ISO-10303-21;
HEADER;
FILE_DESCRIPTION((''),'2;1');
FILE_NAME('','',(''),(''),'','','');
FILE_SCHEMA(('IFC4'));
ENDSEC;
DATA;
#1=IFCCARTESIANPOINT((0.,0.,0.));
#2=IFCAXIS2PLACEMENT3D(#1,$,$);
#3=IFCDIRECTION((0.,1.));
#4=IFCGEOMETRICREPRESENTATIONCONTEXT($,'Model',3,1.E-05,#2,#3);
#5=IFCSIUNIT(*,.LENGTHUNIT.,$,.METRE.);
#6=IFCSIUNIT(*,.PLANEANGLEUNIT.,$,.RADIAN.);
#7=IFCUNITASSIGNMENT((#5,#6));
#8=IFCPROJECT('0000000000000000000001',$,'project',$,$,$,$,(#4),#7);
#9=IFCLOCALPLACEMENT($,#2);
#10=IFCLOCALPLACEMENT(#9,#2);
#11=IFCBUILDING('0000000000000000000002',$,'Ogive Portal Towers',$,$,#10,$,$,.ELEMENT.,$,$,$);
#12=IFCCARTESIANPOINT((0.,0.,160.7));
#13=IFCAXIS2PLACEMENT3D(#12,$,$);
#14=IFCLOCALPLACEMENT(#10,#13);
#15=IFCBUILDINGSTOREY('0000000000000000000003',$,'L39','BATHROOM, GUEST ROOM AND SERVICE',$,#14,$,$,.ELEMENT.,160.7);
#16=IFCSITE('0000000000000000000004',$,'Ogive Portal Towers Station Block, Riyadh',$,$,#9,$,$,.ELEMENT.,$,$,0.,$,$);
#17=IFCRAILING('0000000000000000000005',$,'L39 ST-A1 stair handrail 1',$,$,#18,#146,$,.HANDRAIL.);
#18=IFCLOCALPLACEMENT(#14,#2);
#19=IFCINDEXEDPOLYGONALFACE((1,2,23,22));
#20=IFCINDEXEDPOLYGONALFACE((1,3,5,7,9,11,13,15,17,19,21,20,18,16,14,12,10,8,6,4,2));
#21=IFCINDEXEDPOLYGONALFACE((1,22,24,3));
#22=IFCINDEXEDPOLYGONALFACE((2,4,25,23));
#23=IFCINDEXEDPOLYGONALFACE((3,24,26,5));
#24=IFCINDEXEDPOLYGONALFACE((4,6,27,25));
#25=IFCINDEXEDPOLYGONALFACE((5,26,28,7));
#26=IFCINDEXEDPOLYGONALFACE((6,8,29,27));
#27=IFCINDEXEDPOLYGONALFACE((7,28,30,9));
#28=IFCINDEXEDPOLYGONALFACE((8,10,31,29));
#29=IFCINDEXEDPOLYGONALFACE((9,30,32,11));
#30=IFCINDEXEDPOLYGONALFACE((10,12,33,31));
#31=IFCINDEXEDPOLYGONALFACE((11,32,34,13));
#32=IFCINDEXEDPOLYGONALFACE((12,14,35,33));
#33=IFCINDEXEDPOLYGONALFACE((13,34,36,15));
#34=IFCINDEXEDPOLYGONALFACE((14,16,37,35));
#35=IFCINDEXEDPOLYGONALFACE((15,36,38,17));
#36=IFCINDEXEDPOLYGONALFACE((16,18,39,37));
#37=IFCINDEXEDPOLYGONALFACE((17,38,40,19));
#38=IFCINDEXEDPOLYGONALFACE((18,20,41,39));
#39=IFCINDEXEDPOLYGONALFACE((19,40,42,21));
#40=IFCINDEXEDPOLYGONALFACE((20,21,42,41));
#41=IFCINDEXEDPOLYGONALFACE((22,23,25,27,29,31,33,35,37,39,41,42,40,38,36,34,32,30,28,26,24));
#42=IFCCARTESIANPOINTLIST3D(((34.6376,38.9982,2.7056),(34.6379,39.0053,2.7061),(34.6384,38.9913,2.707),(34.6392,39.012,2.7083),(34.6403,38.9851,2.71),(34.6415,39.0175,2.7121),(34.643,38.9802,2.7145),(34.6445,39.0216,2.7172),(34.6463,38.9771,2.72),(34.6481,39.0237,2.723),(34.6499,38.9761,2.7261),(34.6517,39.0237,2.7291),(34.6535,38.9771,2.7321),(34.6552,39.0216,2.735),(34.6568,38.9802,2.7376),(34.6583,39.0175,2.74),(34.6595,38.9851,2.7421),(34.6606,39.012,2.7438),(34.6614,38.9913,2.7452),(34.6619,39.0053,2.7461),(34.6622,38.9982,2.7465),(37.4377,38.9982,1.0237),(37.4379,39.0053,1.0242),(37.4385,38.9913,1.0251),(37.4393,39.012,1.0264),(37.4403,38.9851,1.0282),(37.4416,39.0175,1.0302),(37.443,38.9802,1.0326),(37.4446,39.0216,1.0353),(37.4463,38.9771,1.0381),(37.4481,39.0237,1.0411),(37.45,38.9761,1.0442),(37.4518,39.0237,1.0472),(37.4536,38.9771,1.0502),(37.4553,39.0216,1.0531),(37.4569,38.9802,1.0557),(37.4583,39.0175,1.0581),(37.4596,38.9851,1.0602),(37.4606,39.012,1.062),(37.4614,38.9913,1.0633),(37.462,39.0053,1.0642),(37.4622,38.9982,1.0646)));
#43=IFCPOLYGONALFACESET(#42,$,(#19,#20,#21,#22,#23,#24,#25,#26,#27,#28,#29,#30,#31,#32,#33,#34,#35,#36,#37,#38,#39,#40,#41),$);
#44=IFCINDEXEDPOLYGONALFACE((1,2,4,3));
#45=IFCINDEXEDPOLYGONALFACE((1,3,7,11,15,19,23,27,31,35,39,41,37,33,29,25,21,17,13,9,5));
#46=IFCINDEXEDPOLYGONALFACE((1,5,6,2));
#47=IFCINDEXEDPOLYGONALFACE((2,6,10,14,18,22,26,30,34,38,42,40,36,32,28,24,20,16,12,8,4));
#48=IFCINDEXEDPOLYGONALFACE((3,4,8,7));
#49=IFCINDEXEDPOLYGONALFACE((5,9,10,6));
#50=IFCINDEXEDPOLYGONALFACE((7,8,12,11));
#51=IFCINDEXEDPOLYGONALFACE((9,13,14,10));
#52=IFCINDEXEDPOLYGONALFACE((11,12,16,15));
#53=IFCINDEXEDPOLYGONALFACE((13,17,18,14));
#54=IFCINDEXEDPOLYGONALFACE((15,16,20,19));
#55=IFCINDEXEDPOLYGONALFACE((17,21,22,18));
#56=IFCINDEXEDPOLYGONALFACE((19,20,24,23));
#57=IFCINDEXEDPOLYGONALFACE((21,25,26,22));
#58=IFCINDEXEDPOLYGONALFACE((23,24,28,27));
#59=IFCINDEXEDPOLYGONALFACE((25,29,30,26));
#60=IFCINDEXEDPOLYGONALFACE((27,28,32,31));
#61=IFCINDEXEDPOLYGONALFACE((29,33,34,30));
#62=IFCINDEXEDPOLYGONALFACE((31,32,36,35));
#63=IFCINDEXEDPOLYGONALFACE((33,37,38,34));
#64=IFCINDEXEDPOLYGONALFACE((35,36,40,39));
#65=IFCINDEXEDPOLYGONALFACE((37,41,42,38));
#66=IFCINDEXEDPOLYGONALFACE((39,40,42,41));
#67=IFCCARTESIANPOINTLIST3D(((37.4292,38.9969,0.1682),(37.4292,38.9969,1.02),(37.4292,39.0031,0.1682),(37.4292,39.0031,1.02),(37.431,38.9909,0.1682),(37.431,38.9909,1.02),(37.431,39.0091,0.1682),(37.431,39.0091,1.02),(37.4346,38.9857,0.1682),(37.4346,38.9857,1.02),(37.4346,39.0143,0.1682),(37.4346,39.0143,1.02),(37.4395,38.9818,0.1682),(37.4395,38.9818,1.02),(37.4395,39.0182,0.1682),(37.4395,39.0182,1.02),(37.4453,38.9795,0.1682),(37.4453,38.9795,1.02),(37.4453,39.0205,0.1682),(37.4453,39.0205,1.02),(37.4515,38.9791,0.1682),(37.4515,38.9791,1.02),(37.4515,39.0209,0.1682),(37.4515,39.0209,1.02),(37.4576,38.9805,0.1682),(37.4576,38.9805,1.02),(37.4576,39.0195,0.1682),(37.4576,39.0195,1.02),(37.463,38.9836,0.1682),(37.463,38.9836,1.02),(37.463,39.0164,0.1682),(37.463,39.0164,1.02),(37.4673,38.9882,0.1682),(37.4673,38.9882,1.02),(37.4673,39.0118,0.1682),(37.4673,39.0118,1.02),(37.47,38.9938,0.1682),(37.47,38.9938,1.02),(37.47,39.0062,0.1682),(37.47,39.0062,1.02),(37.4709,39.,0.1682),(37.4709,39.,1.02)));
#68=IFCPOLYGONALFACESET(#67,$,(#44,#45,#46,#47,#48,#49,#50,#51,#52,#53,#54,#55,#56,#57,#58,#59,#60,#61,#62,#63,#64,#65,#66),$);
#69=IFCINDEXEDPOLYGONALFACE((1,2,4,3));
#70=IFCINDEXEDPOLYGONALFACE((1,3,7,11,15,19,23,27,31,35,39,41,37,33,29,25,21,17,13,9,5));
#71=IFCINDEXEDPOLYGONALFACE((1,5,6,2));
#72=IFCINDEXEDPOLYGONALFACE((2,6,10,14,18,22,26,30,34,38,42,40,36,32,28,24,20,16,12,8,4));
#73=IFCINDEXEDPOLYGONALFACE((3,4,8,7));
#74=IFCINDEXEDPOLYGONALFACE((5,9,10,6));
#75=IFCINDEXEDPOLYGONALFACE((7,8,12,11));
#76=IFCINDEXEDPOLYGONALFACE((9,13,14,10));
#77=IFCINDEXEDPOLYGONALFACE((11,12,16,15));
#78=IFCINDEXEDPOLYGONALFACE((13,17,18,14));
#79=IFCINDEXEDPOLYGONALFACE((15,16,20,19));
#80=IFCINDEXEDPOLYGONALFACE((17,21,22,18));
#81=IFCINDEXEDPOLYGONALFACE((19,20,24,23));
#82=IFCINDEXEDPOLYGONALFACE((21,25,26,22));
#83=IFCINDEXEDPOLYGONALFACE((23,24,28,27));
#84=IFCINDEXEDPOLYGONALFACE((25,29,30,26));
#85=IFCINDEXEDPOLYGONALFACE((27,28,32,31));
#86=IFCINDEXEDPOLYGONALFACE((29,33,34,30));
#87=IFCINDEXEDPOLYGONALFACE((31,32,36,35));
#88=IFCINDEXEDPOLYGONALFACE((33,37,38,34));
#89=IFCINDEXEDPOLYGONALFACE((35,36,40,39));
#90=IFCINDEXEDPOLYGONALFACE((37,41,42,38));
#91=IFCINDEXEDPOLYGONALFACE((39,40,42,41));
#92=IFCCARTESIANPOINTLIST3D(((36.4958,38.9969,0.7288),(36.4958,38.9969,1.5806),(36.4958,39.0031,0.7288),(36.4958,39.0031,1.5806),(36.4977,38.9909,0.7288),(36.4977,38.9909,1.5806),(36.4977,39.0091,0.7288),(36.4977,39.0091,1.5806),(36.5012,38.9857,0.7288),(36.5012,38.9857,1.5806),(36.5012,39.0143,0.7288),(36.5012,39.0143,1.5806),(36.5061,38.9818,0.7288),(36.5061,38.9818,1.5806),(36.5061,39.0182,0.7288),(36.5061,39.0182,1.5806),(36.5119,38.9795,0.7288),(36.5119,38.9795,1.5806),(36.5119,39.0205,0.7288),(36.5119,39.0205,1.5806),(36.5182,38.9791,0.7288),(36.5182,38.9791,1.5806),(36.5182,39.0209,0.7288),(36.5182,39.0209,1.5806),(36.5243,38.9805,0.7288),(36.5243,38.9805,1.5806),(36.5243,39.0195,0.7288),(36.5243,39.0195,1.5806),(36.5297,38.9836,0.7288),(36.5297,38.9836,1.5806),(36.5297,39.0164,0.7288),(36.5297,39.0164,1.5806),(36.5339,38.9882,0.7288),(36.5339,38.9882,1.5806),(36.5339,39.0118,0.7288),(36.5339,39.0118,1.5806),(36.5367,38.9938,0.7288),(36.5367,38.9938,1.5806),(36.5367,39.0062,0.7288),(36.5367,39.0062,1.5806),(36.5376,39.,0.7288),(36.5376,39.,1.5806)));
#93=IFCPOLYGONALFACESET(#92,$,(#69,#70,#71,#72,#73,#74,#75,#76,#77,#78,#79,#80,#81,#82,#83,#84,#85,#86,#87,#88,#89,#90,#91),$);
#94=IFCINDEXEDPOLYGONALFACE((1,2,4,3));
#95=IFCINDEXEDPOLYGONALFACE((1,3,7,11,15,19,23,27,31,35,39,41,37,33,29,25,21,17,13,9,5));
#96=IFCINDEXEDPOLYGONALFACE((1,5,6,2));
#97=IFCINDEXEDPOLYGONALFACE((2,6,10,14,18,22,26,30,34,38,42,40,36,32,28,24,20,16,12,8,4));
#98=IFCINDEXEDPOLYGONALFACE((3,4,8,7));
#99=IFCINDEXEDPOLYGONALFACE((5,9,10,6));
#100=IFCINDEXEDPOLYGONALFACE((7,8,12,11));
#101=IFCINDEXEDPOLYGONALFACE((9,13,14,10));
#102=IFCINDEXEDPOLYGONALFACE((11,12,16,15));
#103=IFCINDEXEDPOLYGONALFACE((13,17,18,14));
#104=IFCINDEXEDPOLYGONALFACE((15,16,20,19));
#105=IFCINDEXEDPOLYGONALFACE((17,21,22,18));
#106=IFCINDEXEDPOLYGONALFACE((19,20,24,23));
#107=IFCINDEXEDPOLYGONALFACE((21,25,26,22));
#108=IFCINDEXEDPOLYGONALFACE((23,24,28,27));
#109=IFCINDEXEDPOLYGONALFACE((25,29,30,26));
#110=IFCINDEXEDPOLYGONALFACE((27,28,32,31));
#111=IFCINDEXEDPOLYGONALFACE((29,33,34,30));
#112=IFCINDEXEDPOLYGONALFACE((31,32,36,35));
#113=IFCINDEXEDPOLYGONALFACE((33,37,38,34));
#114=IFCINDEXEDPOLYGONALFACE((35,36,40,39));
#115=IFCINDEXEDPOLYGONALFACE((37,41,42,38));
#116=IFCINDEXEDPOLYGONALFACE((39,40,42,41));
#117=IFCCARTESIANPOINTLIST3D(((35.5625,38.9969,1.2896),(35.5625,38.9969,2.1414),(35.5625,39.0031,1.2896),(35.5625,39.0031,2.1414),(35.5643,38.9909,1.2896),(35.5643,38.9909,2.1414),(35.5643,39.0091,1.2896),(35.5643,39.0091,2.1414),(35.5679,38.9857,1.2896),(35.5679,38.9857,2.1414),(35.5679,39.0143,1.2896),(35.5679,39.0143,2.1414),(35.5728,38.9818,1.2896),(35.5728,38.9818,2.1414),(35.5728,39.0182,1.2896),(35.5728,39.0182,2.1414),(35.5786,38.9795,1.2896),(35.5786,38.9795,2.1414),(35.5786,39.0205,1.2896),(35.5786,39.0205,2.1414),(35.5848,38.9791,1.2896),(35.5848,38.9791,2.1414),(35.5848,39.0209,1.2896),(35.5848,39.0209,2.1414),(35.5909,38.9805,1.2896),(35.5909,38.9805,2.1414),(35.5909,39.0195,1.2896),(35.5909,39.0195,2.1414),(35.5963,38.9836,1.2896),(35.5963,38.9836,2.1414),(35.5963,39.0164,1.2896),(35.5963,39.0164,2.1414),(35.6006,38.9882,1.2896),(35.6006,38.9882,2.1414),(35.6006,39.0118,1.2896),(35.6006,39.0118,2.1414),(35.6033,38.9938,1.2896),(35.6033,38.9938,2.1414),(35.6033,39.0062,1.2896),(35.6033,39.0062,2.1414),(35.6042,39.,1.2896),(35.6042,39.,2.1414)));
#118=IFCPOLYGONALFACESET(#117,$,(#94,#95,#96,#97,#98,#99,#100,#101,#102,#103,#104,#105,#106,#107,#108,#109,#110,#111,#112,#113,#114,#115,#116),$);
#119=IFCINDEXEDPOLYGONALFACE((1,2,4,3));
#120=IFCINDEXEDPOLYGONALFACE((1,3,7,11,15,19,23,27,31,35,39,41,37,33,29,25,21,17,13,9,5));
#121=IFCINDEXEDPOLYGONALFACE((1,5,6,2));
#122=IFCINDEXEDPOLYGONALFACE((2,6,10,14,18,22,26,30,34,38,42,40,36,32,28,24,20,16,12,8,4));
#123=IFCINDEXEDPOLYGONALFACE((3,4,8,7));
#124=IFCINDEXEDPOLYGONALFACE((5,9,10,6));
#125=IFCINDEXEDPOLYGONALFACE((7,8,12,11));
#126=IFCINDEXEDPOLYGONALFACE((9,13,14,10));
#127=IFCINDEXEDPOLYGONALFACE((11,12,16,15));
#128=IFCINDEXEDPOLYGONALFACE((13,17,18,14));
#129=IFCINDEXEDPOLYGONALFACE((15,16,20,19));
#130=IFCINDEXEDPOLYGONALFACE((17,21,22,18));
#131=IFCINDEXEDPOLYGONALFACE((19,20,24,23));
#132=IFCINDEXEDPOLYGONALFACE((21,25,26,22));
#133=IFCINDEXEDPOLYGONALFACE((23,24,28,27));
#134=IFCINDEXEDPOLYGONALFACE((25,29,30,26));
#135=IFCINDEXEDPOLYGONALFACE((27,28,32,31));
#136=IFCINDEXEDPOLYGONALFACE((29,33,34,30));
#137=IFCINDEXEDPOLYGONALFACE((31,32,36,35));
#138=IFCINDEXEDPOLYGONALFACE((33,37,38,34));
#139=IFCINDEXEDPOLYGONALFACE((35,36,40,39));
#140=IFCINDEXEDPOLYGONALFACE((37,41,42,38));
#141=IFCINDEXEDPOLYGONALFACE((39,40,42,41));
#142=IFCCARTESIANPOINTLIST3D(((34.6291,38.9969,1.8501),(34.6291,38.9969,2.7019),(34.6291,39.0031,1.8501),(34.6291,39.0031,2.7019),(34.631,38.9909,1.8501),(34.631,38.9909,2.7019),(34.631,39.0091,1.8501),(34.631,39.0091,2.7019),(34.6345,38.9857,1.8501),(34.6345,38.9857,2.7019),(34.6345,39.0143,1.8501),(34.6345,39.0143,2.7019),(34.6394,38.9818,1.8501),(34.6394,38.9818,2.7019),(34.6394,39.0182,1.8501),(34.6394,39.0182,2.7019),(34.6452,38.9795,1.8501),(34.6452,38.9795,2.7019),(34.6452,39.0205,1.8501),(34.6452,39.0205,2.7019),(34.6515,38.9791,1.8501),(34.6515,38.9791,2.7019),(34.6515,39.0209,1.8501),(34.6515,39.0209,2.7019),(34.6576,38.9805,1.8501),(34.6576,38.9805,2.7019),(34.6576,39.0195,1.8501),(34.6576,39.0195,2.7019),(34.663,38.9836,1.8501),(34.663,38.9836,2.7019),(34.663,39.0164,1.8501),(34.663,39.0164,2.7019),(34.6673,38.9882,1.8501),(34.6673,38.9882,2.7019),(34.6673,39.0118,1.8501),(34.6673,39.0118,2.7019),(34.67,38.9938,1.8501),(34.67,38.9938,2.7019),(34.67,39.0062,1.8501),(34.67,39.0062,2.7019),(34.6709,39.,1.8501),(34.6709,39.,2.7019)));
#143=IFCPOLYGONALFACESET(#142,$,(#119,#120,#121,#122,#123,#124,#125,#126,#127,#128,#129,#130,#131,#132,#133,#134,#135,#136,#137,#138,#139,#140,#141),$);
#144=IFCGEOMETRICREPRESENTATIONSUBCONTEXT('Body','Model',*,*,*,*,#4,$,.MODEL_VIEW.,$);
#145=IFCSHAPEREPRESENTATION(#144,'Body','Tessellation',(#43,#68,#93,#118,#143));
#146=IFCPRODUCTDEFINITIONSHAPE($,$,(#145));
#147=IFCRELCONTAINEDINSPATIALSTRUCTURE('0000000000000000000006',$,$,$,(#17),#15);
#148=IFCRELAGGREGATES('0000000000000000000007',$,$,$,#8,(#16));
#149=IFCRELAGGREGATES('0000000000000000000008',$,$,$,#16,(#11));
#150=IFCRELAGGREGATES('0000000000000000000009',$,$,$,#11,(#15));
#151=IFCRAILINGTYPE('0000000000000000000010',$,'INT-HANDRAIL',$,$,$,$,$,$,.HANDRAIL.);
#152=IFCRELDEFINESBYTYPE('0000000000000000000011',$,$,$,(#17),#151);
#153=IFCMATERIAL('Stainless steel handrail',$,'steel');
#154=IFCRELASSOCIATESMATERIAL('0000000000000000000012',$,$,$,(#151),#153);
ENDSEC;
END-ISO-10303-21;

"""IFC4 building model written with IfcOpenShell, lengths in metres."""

from ifc_helpers import new_model, si_unit, direction, frame, origin, origin_2d, place, context, subcontext, project, spatial, circle, extrude, material, type_object, element, save


model = new_model("IFC4")

# Units and contexts
model_context = context("Model", 3, precision=1e-05, world=origin(), true_north=direction((0.0, 1.0)))
body_context = subcontext(model_context, "Body", "Model", "MODEL_VIEW")
ifc_project = project(units=[si_unit("LENGTHUNIT", "METRE"), si_unit("PLANEANGLEUNIT", "RADIAN")], contexts=[model_context])

# Site, building, storey
site_placement = place(None, origin())
site = spatial("IfcSite", under=ifc_project, at=site_placement, Name="Ogive Portal Towers Station Block, Riyadh", CompositionType="ELEMENT", RefElevation=0.0)
building_placement = place(site_placement, origin())
building = spatial("IfcBuilding", under=site, at=building_placement, Name="Ogive Portal Towers", CompositionType="ELEMENT")
storey_placement = place(building_placement, frame((0.0, 0.0, 160.7)))
storey = spatial("IfcBuildingStorey", under=building, at=storey_placement, Name="L39", Description="BATHROOM, GUEST ROOM AND SERVICE", CompositionType="ELEMENT", Elevation=160.7)

# Railing
ifc_material_1 = material(Name="Stainless steel handrail", Category="steel")
railing_type_1 = type_object("IfcRailingType", Name="INT-HANDRAIL", PredefinedType="HANDRAIL", material=ifc_material_1)
railing_1_placement = place(storey_placement, frame((37.45, 39.0, 0.1682)))
element("IfcRailing", 1, at=railing_1_placement, inside=storey, type_object=railing_type_1, Name="L39 ST-A1 stair handrail 1", PredefinedType="HANDRAIL", context=body_context, shape_type="SweptSolid", body=[
    extrude(circle(Radius=0.0239, at=origin_2d()), frame((0.0, 0.0, 0.876), z_axis=(-0.857242, 0.0, 0.514913), x_axis=(0.0, -1.0, 0.0)), (0.0, 0.0, 1.0), 3.2664),
    extrude(circle(Radius=0.021, at=origin_2d()), origin(), (0.0, 0.0, 1.0), 0.8518),
    extrude(circle(Radius=0.021, at=origin_2d()), frame((-0.9333, 0.0, 0.5605)), (0.0, 0.0, 1.0), 0.8518),
    extrude(circle(Radius=0.021, at=origin_2d()), frame((-1.8667, 0.0, 1.1213)), (0.0, 0.0, 1.0), 0.8518),
    extrude(circle(Radius=0.021, at=origin_2d()), frame((-2.8, 0.0, 1.6819)), (0.0, 0.0, 1.0), 0.8518),
])

save(model, "model.ifc")
